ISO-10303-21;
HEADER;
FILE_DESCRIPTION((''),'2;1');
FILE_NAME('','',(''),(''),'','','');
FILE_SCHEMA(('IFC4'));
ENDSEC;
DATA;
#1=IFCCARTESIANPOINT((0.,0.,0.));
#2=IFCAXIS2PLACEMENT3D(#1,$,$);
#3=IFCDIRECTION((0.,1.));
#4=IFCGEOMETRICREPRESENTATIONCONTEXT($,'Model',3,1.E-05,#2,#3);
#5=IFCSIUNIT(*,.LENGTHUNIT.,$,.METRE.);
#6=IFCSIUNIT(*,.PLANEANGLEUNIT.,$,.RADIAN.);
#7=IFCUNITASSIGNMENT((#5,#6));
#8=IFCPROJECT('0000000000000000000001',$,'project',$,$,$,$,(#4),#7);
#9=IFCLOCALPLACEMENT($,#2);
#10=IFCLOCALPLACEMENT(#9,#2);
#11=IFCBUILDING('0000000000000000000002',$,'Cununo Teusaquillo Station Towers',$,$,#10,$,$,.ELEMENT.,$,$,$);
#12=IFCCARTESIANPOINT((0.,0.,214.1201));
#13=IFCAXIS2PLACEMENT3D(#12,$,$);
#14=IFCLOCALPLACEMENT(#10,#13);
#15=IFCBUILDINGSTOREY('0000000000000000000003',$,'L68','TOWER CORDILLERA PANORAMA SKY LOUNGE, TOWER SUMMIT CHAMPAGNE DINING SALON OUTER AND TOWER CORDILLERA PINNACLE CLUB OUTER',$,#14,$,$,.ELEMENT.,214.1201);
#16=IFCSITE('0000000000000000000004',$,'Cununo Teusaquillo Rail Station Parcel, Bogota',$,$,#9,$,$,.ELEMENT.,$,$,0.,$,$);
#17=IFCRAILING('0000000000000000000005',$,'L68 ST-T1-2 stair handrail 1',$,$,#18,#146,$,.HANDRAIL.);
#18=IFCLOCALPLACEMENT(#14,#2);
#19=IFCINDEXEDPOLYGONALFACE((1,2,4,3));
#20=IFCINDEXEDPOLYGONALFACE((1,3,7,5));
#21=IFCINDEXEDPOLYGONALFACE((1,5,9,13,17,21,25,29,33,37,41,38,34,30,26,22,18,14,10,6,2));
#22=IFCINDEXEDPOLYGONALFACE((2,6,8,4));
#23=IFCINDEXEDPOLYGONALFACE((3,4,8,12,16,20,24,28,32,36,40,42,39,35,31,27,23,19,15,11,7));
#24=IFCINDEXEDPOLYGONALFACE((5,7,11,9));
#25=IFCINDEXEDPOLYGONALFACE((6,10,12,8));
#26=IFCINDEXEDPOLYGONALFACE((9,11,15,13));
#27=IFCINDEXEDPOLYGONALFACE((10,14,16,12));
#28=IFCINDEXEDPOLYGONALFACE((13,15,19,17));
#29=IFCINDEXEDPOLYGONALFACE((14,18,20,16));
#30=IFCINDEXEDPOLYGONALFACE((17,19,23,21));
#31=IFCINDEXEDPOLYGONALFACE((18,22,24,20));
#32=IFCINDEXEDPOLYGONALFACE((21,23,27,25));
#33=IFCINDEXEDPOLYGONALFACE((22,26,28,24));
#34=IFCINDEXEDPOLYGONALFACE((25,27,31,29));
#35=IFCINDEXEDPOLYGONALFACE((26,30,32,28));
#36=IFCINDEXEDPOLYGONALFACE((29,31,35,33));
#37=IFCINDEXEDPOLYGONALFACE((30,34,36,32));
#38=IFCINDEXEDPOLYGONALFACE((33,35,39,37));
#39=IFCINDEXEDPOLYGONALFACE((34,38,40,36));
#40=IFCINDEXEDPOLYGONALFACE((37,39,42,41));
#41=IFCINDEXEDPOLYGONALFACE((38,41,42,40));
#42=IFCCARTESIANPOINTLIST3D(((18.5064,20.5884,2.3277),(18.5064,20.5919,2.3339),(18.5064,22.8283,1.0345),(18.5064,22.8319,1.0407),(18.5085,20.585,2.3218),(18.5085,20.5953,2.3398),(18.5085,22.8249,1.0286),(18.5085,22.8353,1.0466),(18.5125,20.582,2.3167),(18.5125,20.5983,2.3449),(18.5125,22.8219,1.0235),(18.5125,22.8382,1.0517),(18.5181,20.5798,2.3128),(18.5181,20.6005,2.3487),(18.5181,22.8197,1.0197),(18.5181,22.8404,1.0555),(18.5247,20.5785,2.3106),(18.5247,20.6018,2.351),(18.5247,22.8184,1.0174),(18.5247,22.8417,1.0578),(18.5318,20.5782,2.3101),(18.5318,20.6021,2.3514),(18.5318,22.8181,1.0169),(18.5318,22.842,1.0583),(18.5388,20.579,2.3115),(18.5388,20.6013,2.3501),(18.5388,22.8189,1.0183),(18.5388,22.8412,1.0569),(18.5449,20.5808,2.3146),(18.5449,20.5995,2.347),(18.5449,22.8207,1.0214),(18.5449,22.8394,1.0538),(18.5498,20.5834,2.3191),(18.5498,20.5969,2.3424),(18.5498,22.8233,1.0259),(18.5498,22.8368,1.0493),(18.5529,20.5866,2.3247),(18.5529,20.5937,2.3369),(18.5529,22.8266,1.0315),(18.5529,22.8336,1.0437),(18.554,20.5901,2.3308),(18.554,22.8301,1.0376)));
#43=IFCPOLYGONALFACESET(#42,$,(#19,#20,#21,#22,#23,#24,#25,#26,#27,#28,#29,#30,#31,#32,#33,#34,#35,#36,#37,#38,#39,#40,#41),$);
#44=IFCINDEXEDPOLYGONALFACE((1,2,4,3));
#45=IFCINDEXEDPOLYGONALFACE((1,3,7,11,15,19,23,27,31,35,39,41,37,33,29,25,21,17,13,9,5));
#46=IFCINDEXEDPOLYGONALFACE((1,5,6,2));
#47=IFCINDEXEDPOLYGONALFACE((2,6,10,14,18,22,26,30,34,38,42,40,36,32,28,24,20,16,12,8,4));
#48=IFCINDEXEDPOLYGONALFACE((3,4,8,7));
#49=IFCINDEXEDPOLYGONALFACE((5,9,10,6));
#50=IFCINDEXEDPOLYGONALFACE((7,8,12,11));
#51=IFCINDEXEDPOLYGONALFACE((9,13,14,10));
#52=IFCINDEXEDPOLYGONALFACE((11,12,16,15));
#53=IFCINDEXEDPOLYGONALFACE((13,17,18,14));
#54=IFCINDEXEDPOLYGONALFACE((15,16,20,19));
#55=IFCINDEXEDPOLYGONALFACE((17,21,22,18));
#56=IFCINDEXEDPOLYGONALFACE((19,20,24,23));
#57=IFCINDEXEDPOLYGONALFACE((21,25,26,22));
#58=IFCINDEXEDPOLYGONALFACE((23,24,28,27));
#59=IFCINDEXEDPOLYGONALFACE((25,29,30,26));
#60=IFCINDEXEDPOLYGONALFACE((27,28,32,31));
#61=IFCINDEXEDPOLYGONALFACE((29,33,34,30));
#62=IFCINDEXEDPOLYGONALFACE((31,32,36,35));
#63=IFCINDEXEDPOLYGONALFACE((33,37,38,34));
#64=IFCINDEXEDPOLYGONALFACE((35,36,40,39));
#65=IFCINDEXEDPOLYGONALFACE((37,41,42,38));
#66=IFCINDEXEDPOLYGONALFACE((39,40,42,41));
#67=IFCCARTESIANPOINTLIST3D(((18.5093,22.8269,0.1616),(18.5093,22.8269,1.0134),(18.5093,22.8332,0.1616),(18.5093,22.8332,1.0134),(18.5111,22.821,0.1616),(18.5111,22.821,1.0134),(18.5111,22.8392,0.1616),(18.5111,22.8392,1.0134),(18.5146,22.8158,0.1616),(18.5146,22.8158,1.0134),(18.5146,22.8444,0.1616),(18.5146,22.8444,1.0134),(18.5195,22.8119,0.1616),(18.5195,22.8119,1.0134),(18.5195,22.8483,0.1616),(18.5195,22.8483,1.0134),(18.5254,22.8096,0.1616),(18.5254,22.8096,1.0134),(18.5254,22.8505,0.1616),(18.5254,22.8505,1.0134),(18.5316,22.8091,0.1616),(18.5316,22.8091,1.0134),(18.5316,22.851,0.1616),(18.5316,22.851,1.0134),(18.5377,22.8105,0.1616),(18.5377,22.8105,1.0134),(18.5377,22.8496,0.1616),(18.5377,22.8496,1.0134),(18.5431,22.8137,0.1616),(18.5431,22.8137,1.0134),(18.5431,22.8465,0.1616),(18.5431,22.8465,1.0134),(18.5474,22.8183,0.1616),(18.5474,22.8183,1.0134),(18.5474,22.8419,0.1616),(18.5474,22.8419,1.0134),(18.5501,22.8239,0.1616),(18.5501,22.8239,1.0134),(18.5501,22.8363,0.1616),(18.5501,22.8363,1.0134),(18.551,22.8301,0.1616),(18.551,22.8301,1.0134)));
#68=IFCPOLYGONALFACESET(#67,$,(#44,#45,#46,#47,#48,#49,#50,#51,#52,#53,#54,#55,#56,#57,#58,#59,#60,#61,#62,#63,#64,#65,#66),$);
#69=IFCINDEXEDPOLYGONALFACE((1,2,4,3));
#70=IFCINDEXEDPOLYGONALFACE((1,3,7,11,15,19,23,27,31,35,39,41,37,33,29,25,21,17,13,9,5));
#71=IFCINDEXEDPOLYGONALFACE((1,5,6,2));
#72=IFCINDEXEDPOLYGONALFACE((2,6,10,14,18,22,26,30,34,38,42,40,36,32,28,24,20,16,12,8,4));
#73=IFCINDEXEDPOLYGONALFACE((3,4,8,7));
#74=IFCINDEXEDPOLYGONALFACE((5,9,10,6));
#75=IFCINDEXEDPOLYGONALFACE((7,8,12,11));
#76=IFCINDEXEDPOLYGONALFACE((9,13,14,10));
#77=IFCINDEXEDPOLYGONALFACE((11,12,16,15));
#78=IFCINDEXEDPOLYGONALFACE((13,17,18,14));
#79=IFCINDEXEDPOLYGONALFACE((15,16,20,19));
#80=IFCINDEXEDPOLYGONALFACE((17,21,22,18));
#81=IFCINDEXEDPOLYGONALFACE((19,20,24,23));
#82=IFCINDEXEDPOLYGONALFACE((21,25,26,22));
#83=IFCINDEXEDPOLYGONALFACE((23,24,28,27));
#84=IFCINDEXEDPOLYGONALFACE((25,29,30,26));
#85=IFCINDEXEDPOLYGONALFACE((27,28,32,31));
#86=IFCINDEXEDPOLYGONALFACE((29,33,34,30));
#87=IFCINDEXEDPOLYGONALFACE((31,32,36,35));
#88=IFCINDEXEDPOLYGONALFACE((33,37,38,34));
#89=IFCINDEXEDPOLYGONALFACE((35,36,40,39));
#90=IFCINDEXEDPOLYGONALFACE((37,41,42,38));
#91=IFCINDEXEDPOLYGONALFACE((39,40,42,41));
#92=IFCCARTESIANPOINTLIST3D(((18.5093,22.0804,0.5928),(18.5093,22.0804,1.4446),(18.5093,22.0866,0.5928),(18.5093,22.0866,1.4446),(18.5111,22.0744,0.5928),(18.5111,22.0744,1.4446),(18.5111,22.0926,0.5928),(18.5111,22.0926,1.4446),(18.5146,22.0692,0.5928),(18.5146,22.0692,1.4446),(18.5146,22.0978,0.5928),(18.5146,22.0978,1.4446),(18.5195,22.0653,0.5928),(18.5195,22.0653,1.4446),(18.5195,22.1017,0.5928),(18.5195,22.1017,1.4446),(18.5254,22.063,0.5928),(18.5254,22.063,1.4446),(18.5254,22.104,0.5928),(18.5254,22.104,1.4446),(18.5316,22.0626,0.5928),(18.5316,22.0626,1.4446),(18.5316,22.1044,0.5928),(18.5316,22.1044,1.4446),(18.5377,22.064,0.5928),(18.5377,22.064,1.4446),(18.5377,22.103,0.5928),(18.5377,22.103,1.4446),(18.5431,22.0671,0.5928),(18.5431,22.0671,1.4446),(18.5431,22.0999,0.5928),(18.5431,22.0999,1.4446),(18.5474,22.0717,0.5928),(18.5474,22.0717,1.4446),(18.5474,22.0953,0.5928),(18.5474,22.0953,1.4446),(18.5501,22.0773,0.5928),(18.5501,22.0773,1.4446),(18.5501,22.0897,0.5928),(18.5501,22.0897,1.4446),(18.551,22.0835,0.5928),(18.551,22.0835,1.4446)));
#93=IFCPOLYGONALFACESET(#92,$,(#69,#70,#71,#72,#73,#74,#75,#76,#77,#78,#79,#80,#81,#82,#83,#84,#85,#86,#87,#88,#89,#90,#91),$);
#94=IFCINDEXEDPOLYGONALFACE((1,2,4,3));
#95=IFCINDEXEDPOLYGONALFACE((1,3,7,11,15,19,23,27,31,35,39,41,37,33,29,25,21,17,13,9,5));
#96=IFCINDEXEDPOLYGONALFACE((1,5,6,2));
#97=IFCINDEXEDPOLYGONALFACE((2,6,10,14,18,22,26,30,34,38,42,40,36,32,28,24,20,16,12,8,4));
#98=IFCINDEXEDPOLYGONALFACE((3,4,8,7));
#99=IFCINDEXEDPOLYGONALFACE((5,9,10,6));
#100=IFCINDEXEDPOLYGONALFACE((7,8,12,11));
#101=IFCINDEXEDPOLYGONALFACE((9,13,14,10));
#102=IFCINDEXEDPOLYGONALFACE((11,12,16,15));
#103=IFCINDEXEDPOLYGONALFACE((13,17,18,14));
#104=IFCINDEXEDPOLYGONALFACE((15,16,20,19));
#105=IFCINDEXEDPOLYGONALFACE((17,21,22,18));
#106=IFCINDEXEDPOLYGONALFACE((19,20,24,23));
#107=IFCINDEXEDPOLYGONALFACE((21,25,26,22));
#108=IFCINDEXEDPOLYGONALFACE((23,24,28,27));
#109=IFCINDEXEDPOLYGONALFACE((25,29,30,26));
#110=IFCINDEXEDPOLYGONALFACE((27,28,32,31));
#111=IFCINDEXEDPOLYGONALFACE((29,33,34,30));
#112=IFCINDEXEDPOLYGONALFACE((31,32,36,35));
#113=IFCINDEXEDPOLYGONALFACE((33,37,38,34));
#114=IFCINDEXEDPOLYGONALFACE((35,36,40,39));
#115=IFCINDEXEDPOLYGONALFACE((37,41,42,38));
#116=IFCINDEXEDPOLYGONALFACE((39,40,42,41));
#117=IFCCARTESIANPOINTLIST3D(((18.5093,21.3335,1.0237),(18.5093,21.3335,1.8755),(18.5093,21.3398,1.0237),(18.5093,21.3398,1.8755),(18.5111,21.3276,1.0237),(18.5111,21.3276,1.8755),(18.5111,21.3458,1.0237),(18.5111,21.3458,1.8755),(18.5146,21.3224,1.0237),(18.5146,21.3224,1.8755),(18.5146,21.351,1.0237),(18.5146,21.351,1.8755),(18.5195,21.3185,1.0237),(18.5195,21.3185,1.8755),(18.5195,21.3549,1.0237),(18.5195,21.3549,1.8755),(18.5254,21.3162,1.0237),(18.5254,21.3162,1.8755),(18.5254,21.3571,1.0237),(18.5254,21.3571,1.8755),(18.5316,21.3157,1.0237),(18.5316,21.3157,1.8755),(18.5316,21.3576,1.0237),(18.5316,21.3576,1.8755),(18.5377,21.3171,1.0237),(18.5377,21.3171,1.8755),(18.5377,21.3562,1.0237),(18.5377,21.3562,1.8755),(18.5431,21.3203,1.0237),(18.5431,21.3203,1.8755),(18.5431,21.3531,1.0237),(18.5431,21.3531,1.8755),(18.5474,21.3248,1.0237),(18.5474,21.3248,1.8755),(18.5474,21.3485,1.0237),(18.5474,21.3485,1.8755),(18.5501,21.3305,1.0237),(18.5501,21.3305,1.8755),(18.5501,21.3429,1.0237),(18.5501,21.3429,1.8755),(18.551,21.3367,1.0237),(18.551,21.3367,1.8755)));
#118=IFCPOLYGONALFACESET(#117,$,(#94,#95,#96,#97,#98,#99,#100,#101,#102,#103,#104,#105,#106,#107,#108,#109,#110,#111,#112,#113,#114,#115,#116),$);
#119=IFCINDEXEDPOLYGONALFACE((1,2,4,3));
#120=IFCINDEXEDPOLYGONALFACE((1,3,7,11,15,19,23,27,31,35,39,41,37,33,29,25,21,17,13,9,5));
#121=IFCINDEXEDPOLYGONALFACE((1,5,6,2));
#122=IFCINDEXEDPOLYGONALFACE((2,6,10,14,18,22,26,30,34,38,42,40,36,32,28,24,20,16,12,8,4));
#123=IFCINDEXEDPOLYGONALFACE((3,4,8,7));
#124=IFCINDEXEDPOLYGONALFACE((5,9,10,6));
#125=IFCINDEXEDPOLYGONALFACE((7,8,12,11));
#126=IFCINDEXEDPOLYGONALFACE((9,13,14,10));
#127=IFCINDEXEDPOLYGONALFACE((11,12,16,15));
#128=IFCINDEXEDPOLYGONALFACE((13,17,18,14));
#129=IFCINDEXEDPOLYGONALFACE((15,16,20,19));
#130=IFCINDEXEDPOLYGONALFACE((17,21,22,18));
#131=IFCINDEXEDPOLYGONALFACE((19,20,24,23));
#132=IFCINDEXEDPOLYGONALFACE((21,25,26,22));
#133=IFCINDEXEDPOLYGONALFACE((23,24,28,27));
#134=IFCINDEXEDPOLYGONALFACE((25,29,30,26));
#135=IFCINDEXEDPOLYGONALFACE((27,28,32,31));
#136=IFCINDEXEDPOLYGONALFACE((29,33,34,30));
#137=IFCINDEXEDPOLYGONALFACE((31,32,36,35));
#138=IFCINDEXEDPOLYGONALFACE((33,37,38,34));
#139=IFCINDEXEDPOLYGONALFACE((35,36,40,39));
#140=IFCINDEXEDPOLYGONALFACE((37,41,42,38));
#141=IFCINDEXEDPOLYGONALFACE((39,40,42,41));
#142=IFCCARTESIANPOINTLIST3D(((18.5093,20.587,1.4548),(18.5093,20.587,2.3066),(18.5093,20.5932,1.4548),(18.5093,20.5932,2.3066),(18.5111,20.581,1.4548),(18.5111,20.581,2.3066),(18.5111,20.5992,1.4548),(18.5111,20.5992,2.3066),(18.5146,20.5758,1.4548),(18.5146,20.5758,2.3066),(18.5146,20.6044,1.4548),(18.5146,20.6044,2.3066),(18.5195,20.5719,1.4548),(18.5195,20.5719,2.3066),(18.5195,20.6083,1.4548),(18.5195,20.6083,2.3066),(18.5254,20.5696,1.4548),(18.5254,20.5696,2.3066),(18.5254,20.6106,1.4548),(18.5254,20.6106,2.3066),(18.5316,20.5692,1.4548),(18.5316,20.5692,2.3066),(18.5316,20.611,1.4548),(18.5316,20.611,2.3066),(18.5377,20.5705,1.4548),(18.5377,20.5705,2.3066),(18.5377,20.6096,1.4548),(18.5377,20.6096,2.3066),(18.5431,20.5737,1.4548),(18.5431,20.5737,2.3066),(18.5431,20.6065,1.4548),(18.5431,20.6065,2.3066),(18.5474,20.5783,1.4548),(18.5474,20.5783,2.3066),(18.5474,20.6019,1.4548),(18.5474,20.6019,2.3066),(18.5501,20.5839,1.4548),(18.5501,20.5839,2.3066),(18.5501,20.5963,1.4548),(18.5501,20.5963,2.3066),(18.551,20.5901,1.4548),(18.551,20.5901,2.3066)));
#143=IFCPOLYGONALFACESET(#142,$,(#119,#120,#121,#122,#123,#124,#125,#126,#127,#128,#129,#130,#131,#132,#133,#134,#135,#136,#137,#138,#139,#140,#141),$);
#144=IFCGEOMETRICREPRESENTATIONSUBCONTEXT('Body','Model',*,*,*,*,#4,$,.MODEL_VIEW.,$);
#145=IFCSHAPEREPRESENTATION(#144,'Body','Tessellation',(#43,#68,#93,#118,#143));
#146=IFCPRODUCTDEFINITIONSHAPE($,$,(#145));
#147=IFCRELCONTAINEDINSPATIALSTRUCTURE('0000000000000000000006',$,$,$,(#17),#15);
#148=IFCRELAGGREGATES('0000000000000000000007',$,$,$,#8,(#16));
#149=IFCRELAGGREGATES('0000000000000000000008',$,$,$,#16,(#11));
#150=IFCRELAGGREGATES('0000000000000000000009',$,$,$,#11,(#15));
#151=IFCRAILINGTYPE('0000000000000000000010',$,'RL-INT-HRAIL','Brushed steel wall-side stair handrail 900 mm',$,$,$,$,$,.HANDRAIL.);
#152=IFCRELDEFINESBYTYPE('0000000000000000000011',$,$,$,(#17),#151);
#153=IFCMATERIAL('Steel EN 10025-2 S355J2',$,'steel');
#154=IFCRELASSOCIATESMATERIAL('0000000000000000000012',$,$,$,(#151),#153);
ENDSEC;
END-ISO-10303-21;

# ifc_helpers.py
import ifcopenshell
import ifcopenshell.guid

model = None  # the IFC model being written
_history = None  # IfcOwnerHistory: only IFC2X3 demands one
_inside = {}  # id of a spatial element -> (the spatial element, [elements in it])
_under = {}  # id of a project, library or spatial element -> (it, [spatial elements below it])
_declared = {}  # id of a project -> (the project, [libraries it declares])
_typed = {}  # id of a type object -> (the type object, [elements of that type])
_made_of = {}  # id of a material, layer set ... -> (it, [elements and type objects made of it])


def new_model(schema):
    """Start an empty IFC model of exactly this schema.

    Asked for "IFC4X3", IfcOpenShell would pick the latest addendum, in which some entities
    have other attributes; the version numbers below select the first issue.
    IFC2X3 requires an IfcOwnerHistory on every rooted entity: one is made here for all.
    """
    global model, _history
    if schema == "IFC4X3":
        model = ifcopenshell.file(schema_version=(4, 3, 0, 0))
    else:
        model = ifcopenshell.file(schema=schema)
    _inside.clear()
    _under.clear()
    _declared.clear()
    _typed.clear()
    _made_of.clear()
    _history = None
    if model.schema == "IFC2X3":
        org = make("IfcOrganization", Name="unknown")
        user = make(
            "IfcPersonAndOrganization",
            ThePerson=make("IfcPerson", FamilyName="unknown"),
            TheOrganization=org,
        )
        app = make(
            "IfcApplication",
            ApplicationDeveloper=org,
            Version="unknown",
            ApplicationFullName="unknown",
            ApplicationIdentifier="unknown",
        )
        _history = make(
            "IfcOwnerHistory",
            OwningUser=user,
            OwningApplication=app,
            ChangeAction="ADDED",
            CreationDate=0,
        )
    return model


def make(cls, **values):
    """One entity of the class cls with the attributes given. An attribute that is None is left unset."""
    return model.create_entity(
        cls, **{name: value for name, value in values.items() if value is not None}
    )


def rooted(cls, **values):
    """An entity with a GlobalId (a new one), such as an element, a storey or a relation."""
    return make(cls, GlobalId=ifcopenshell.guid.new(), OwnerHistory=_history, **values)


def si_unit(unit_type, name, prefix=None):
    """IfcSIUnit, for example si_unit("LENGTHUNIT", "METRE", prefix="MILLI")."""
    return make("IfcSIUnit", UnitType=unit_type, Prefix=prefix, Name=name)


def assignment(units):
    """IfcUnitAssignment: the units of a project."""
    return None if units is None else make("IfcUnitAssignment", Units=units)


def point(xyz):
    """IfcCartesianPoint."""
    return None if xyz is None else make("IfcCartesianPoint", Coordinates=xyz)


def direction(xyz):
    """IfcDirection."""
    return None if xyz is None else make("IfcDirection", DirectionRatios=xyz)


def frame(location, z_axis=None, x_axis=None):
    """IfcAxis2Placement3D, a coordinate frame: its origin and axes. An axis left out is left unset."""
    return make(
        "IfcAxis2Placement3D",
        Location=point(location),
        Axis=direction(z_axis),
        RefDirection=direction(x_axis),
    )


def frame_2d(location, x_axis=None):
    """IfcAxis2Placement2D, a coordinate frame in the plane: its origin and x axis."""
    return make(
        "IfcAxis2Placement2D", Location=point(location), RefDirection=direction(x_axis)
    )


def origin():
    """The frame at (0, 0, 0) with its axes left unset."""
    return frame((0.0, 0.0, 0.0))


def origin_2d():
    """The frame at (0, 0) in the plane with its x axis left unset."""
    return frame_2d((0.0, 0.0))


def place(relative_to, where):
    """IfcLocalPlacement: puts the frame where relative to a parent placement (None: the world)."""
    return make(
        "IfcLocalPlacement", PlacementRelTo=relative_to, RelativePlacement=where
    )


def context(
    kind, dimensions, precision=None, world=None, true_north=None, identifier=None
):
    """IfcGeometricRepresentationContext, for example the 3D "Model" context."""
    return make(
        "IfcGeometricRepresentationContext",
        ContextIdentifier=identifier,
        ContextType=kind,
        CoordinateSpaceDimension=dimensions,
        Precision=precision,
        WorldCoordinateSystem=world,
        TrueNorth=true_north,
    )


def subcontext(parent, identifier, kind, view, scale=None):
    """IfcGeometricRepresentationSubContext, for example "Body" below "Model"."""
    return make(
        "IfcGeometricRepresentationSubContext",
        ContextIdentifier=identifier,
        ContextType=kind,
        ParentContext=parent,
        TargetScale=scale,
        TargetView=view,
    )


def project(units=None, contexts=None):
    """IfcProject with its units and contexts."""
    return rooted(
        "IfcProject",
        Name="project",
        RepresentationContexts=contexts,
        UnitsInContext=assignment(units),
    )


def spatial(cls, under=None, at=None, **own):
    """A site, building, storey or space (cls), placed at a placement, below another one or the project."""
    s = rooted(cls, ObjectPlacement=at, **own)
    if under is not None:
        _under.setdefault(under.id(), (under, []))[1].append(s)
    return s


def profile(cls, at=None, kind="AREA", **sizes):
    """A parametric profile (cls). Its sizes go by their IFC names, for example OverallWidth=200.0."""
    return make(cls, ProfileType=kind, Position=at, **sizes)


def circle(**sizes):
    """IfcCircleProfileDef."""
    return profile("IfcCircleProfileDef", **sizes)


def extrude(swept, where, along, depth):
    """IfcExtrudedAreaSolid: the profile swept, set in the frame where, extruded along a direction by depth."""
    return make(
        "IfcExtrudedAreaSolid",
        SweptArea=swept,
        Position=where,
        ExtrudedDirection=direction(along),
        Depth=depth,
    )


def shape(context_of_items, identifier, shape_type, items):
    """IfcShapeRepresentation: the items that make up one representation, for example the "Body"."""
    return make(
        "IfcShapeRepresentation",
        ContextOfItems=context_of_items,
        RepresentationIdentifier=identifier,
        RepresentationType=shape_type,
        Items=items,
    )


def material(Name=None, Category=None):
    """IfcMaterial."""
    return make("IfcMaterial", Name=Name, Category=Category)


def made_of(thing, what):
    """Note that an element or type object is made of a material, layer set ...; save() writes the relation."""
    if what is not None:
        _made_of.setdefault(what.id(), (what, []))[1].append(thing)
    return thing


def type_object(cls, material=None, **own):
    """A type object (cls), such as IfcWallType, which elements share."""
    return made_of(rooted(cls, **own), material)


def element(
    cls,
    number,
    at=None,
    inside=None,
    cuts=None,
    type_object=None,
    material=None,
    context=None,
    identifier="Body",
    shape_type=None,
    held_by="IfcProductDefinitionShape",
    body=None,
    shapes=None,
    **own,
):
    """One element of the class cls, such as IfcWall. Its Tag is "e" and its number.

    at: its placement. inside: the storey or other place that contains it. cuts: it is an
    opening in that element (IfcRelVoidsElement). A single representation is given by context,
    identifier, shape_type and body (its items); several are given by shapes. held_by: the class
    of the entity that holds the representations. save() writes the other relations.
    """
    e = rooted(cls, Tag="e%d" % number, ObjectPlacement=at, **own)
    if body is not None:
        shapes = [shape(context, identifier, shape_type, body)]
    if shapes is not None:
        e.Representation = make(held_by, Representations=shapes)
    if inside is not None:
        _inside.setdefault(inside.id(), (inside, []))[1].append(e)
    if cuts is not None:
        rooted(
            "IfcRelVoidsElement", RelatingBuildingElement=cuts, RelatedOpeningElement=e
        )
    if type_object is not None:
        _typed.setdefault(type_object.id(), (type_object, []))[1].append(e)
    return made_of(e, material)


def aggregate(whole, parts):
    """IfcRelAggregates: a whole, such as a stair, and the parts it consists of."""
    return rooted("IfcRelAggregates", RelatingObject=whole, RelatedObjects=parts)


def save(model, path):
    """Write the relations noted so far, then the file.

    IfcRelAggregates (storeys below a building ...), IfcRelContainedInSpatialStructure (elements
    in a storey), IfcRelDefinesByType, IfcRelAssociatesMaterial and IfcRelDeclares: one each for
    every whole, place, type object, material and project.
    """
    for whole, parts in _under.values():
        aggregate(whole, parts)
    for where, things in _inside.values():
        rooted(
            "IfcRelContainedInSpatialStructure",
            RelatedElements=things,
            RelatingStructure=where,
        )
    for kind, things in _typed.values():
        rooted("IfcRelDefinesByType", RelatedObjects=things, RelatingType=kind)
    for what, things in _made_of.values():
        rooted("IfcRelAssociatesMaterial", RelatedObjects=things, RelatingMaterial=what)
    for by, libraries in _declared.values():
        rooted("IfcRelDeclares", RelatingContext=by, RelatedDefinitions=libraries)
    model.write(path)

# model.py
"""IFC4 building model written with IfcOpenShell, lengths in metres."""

from ifc_helpers import new_model, si_unit, direction, frame, origin, origin_2d, place, context, subcontext, project, spatial, circle, extrude, material, type_object, element, save


model = new_model("IFC4")

# Units and contexts
model_context = context("Model", 3, precision=1e-05, world=origin(), true_north=direction((0.0, 1.0)))
body_context = subcontext(model_context, "Body", "Model", "MODEL_VIEW")
ifc_project = project(units=[si_unit("LENGTHUNIT", "METRE"), si_unit("PLANEANGLEUNIT", "RADIAN")], contexts=[model_context])

# Site, building, storey
site_placement = place(None, origin())
site = spatial("IfcSite", under=ifc_project, at=site_placement, Name="Cununo Teusaquillo Rail Station Parcel, Bogota", CompositionType="ELEMENT", RefElevation=0.0)
building_placement = place(site_placement, origin())
building = spatial("IfcBuilding", under=site, at=building_placement, Name="Cununo Teusaquillo Station Towers", CompositionType="ELEMENT")
storey_placement = place(building_placement, frame((0.0, 0.0, 214.1201)))
storey = spatial("IfcBuildingStorey", under=building, at=storey_placement, Name="L68", Description="TOWER CORDILLERA PANORAMA SKY LOUNGE, TOWER SUMMIT CHAMPAGNE DINING SALON OUTER AND TOWER CORDILLERA PINNACLE CLUB OUTER", CompositionType="ELEMENT", Elevation=214.1201)

# Railing
ifc_material_1 = material(Name="Steel EN 10025-2 S355J2", Category="steel")
railing_type_1 = type_object("IfcRailingType", Name="RL-INT-HRAIL", Description="Brushed steel wall-side stair handrail 900 mm", PredefinedType="HANDRAIL", material=ifc_material_1)
railing_1_placement = place(storey_placement, frame((18.53, 22.8301, 0.1616)))
element("IfcRailing", 1, at=railing_1_placement, inside=storey, type_object=railing_type_1, Name="L68 ST-T1-2 stair handrail 1", PredefinedType="HANDRAIL", context=body_context, shape_type="SweptSolid", body=[
    extrude(circle(Radius=0.0239, at=origin_2d()), frame((0.0, 0.0, 0.876), z_axis=(0.0, -0.866033, 0.499987), x_axis=(1.0, 0.0, 0.0)), (0.0, 0.0, 1.0), 2.5864),
    extrude(circle(Radius=0.021, at=origin_2d()), origin(), (0.0, 0.0, 1.0), 0.8518),
    extrude(circle(Radius=0.021, at=origin_2d()), frame((0.0, -0.7466, 0.4312)), (0.0, 0.0, 1.0), 0.8518),
    extrude(circle(Radius=0.021, at=origin_2d()), frame((0.0, -1.4934, 0.8621)), (0.0, 0.0, 1.0), 0.8518),
    extrude(circle(Radius=0.021, at=origin_2d()), frame((0.0, -2.24, 1.2932)), (0.0, 0.0, 1.0), 0.8518),
])

save(model, "model.ifc")
